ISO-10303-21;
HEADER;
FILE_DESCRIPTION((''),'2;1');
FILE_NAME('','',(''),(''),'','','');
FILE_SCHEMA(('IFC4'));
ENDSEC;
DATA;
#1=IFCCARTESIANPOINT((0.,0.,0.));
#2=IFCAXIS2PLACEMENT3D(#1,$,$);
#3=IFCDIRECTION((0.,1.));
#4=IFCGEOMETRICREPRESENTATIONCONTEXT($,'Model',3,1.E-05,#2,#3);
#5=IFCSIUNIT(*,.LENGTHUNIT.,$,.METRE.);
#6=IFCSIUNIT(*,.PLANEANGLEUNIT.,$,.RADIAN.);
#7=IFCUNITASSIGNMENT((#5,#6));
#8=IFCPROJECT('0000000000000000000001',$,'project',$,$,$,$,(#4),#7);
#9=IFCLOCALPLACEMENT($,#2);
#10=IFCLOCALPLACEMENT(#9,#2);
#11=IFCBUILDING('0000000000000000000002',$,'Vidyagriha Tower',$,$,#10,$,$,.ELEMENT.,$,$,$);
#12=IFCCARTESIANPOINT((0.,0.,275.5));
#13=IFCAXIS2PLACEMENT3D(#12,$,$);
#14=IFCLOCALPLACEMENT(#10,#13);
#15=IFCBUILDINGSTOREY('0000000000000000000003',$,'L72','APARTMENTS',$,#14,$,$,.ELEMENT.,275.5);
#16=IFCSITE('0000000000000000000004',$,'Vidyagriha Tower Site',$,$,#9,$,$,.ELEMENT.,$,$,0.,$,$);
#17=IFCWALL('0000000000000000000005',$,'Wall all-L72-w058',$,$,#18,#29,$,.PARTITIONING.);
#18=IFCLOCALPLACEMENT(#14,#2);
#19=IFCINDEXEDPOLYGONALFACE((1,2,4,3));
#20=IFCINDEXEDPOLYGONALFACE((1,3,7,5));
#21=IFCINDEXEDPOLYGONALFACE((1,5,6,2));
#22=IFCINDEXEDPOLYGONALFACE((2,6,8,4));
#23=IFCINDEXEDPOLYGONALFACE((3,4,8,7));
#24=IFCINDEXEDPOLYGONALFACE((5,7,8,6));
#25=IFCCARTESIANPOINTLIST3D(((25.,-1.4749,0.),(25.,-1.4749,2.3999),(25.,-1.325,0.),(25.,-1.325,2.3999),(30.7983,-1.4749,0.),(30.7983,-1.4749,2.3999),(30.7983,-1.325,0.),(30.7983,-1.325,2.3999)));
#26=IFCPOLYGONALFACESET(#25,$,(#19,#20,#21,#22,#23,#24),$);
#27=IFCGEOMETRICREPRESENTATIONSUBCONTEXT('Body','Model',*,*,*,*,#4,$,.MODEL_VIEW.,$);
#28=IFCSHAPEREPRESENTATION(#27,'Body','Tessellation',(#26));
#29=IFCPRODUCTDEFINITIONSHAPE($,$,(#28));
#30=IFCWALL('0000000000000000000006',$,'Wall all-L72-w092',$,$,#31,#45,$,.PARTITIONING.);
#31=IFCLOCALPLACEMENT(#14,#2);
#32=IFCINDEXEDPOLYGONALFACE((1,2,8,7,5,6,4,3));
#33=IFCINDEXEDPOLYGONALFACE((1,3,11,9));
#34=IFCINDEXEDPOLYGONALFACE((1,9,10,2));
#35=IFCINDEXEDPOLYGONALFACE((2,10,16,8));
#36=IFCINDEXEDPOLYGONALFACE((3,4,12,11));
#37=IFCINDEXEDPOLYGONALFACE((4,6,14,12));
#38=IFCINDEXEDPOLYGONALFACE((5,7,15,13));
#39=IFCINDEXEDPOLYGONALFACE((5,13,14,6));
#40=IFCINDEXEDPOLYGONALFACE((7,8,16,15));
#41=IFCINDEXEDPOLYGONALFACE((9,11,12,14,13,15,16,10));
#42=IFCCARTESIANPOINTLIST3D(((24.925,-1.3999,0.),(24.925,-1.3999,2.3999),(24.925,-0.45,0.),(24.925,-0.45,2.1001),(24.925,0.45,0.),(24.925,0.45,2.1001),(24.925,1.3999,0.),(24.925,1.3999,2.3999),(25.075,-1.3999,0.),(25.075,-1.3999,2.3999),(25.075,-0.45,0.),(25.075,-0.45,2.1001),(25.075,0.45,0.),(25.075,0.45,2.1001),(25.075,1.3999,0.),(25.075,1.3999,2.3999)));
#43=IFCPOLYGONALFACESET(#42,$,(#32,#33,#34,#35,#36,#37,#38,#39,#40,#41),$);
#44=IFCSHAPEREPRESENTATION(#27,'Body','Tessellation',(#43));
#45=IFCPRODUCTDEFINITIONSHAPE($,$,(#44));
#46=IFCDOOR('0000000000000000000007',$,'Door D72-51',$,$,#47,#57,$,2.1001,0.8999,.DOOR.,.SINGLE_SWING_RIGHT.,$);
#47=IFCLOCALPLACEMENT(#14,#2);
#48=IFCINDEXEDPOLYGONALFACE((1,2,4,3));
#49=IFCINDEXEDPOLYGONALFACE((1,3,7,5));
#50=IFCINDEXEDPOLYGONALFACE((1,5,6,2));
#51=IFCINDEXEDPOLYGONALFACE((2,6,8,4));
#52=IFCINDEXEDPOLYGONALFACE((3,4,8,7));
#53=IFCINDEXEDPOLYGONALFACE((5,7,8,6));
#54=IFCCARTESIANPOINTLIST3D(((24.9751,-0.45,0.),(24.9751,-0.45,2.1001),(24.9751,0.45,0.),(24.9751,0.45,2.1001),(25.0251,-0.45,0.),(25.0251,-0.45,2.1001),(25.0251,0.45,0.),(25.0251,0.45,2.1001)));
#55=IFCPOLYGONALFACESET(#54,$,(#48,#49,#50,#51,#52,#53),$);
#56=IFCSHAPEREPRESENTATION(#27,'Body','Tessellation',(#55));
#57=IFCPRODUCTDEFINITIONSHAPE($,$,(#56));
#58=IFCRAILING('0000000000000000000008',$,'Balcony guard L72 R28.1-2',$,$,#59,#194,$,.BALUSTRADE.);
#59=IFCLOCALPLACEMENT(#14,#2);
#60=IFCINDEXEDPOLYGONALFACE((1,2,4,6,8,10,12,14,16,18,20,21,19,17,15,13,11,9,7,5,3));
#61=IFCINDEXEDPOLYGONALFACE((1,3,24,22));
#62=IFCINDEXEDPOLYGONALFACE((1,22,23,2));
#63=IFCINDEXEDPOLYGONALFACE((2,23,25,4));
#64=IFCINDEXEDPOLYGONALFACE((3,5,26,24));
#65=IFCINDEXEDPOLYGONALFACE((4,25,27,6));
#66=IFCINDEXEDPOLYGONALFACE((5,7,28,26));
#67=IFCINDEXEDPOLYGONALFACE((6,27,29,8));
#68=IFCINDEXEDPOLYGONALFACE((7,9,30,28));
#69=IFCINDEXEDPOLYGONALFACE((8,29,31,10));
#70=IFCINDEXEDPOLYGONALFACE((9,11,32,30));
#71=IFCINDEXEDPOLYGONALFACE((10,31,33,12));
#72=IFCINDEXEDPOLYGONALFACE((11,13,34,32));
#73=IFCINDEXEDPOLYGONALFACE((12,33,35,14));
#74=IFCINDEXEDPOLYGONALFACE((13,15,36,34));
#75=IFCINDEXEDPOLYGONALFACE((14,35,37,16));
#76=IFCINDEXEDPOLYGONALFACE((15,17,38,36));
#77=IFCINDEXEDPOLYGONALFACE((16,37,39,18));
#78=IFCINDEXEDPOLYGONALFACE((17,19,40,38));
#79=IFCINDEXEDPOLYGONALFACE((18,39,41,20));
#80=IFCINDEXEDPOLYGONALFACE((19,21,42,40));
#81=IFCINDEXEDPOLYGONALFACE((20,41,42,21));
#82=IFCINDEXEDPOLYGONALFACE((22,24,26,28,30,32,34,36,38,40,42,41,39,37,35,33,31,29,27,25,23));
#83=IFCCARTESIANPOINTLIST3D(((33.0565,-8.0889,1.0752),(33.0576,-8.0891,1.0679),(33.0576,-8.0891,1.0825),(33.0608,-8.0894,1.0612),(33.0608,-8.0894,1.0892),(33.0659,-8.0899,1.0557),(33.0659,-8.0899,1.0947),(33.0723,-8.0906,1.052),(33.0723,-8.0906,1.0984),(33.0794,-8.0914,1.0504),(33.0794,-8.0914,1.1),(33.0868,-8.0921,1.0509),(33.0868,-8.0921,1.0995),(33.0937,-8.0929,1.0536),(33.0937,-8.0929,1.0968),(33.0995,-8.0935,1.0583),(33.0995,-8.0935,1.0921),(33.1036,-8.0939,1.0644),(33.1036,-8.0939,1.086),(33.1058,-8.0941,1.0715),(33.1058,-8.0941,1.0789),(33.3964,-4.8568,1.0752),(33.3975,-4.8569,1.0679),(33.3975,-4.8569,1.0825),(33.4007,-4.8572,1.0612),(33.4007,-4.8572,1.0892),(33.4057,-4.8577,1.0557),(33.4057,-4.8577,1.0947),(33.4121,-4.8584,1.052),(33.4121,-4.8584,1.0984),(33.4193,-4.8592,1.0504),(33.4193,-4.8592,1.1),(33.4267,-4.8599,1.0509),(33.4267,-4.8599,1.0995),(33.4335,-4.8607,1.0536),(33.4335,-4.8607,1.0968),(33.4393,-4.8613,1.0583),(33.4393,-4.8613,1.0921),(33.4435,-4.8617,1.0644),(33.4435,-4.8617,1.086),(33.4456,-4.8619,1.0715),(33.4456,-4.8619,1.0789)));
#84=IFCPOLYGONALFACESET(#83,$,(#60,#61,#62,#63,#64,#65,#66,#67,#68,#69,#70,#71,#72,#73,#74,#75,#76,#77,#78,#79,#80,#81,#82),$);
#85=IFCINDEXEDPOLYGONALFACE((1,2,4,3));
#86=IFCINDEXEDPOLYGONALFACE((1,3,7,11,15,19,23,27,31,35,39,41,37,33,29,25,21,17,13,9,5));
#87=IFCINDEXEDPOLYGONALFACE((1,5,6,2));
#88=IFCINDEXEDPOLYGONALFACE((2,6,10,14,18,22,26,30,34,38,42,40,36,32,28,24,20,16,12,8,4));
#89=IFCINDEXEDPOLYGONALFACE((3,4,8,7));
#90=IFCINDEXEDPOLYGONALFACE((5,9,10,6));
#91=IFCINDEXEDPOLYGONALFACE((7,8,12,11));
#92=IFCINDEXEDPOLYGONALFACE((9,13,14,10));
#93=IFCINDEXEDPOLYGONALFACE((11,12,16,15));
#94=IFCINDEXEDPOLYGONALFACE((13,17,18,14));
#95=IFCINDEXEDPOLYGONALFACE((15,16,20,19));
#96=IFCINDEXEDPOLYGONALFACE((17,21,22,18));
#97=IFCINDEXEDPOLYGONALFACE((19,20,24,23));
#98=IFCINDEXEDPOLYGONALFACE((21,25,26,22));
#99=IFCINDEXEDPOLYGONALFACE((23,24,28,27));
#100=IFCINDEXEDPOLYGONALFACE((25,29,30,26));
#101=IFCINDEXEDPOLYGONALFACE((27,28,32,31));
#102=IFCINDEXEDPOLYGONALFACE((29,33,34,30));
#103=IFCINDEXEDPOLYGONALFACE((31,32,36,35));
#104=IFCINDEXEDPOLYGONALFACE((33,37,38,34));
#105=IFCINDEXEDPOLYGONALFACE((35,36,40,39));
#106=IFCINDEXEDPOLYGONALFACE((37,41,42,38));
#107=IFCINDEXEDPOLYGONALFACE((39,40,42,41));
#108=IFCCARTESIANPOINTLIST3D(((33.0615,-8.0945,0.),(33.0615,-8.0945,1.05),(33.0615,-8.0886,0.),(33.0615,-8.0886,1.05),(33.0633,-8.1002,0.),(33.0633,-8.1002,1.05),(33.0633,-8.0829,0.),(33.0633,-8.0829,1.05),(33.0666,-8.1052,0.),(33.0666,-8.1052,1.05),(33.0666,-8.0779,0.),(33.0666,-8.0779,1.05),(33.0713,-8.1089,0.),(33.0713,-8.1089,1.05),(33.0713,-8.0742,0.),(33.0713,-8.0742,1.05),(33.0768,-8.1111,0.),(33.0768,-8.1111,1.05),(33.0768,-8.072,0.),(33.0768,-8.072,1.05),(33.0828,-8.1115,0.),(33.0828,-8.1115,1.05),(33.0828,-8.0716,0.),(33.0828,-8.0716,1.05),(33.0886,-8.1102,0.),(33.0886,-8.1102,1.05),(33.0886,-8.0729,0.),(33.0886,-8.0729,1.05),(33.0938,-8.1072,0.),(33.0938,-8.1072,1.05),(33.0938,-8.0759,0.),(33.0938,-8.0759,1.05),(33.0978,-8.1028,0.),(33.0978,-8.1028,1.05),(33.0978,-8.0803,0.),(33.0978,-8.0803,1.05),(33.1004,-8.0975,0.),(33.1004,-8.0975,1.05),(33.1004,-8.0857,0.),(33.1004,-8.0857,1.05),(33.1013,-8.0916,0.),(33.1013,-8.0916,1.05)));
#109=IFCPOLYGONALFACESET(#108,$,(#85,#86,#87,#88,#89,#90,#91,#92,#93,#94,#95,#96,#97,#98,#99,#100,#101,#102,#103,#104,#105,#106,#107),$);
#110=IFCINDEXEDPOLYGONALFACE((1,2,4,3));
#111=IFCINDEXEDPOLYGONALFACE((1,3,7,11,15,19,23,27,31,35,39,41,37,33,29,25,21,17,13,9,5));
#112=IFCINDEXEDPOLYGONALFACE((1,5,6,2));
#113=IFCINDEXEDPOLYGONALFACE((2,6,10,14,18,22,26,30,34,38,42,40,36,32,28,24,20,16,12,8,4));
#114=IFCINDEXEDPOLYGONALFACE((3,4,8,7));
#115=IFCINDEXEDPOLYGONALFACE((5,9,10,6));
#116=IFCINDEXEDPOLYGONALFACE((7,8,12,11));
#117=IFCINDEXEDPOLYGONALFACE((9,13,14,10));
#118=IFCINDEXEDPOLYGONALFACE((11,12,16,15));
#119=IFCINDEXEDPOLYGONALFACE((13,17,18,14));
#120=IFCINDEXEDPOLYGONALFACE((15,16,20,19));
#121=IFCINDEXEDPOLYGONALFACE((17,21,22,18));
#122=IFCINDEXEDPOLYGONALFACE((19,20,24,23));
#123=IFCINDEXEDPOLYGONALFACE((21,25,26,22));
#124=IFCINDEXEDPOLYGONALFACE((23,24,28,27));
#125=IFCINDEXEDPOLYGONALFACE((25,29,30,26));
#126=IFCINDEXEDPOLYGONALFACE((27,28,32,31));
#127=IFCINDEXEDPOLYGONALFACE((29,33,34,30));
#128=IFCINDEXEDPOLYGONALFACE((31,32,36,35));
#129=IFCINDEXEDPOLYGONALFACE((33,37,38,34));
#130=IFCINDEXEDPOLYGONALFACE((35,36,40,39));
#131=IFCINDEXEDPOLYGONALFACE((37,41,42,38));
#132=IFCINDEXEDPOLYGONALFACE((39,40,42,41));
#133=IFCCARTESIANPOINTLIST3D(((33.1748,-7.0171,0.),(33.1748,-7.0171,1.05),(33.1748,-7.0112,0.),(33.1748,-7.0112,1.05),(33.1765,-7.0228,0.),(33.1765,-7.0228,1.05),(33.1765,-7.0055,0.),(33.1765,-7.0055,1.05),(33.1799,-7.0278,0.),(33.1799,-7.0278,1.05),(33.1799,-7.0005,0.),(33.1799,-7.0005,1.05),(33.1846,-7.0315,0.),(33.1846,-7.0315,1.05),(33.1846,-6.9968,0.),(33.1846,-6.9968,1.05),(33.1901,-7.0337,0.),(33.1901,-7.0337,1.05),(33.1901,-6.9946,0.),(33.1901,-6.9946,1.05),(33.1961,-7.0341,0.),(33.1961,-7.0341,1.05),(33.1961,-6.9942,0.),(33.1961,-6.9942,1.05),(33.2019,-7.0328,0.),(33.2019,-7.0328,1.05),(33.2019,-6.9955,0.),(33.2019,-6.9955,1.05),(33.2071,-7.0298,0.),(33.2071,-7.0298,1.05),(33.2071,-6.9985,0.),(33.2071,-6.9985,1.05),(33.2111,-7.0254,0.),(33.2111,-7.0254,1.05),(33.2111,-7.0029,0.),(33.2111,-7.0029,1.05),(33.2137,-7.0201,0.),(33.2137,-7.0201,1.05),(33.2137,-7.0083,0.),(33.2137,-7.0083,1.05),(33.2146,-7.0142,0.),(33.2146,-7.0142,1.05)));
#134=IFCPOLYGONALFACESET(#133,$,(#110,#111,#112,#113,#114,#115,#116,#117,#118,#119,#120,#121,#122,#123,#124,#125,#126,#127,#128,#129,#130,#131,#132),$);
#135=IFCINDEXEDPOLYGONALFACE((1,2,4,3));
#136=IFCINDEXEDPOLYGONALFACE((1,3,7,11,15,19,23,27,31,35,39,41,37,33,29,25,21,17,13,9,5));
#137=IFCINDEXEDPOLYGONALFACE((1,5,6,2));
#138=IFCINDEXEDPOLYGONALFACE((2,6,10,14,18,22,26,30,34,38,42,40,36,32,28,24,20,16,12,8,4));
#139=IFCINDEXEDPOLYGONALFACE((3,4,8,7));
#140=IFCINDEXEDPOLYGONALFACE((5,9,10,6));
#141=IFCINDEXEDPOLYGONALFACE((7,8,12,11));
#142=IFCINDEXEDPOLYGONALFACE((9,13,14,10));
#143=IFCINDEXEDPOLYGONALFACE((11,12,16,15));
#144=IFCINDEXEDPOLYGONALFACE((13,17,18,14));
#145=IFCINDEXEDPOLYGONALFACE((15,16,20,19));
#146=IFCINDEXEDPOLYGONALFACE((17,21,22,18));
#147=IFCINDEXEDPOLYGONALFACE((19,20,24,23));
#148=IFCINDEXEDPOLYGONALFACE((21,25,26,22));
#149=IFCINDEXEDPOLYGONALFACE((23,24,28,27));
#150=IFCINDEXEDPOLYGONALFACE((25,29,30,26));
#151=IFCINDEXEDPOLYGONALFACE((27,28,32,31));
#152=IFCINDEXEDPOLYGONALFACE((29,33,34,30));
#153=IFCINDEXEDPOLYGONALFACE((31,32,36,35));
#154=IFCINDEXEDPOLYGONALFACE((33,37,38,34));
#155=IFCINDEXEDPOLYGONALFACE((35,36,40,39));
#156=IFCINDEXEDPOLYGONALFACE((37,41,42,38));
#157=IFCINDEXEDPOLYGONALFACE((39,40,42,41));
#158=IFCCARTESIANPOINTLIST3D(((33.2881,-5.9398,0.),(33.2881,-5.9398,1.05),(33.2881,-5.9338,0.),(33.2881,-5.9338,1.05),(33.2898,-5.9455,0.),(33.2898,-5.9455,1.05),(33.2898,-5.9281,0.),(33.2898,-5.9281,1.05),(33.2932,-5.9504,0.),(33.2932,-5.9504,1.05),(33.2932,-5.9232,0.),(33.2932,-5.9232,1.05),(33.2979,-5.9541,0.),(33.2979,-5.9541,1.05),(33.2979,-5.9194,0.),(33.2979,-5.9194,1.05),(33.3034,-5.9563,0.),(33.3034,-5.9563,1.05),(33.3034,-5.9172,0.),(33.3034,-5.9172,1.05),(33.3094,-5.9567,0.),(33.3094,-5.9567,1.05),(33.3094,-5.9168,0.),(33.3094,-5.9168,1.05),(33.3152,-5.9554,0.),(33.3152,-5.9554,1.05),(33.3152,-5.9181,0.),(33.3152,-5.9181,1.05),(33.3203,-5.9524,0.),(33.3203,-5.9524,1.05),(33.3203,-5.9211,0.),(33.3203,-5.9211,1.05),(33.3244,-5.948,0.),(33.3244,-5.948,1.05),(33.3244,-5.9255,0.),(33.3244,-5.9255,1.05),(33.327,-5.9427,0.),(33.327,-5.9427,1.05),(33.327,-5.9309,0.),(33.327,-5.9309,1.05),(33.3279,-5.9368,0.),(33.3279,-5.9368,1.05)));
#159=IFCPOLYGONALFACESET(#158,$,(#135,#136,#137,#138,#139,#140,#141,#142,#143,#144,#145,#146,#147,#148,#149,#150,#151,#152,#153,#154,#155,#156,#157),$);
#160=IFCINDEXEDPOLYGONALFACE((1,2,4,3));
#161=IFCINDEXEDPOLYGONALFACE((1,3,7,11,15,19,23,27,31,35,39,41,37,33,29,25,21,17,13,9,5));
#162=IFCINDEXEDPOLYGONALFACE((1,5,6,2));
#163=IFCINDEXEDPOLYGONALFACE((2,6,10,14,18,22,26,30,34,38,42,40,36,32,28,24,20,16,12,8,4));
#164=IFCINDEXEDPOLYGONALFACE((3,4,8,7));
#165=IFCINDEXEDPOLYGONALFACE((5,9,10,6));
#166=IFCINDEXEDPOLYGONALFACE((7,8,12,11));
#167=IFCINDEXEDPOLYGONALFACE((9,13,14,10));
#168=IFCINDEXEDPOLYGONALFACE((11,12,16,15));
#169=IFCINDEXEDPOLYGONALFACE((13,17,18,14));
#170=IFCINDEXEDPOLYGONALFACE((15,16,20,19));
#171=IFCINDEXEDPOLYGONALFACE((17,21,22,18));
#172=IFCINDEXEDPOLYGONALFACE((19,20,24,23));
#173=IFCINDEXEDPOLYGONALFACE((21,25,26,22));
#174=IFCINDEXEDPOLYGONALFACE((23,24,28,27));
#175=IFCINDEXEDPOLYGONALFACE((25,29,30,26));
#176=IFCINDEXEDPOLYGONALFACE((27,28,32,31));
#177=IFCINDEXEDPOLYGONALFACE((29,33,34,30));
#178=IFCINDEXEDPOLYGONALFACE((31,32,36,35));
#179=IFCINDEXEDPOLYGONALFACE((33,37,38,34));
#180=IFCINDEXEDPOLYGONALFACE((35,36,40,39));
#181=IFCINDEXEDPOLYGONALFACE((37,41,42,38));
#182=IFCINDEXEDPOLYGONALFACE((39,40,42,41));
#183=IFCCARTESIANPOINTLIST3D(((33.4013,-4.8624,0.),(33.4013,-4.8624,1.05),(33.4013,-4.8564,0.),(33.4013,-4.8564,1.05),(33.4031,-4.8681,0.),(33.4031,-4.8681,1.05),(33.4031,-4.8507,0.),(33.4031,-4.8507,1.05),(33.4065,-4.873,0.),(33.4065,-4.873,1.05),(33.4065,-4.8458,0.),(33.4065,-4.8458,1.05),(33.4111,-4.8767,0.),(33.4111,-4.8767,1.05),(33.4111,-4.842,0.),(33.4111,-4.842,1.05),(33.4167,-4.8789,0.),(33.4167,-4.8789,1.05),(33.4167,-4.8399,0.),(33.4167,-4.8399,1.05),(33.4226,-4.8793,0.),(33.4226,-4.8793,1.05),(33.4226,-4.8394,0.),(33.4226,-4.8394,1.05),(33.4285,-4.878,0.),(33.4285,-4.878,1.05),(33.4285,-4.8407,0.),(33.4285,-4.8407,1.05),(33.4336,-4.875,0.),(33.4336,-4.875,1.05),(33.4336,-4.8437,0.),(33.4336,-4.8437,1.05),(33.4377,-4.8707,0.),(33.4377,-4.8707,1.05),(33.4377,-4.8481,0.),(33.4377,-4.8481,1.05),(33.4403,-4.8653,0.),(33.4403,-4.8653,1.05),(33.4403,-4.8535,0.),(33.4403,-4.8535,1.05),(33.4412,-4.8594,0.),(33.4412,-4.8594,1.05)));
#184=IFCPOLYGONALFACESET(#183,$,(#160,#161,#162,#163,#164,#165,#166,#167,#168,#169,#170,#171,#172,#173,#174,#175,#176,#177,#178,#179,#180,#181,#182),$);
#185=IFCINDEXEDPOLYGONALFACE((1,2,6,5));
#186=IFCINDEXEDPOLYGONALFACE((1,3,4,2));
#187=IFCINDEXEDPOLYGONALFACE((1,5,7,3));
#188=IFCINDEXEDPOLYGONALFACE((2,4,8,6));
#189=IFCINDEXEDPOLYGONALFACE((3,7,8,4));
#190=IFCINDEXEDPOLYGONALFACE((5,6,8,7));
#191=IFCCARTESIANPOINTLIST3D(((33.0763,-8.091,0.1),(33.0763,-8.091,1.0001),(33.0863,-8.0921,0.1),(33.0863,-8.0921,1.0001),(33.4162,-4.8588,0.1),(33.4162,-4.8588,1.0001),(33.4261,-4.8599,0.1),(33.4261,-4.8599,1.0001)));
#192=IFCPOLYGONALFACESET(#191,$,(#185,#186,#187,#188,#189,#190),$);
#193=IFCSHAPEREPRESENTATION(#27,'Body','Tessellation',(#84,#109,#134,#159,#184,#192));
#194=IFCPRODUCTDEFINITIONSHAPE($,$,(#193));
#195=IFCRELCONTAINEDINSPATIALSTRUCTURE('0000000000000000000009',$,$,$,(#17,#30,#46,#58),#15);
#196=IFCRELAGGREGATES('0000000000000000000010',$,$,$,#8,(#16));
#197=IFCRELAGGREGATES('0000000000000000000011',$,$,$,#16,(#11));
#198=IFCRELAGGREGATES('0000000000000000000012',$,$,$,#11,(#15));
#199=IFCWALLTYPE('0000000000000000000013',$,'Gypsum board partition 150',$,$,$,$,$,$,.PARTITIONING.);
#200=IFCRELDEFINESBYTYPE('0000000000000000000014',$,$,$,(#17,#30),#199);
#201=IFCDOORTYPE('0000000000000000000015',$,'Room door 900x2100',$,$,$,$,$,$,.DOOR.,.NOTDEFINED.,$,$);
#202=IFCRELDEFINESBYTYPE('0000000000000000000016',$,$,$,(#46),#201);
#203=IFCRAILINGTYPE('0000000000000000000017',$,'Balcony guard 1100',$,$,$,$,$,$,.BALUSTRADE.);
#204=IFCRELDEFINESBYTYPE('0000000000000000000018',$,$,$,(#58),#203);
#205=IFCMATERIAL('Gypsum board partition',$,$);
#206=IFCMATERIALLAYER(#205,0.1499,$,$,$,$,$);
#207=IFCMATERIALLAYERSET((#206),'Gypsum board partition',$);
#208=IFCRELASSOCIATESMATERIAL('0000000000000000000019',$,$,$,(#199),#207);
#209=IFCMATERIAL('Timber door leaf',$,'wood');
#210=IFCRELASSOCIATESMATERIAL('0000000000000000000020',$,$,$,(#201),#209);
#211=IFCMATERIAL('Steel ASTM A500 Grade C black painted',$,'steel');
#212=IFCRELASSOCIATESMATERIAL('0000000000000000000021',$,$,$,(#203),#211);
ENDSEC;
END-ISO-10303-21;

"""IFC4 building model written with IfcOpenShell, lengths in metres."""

from ifc_helpers import new_model, si_unit, direction, frame, frame_2d, origin, origin_2d, place, context, subcontext, project, spatial, rectangle, circle, extrude, material, layer, layer_set, type_object, element, fill, save


model = new_model("IFC4")

# Units and contexts
model_context = context("Model", 3, precision=1e-05, world=origin(), true_north=direction((0.0, 1.0)))
body_context = subcontext(model_context, "Body", "Model", "MODEL_VIEW")
ifc_project = project(units=[si_unit("LENGTHUNIT", "METRE"), si_unit("PLANEANGLEUNIT", "RADIAN")], contexts=[model_context])

# Site, building, storey
site_placement = place(None, origin())
site = spatial("IfcSite", under=ifc_project, at=site_placement, Name="Vidyagriha Tower Site", CompositionType="ELEMENT", RefElevation=0.0)
building_placement = place(site_placement, origin())
building = spatial("IfcBuilding", under=site, at=building_placement, Name="Vidyagriha Tower", CompositionType="ELEMENT")
storey_placement = place(building_placement, frame((0.0, 0.0, 275.5)))
storey = spatial("IfcBuildingStorey", under=building, at=storey_placement, Name="L72", Description="APARTMENTS", CompositionType="ELEMENT", Elevation=275.5)

# Shared definitions
ifc_material_1 = material(Name="Gypsum board partition")
ifc_layer_1 = layer(ifc_material_1, 0.1499)
ifc_layer_set_1 = layer_set([ifc_layer_1], Name="Gypsum board partition")
wall_type_1 = type_object("IfcWallType", Name="Gypsum board partition 150", PredefinedType="PARTITIONING", material=ifc_layer_set_1)

# Shared definitions
ifc_material_2 = material(Name="Timber door leaf", Category="wood")
door_type_1 = type_object("IfcDoorType", Name="Room door 900x2100", OperationType="NOTDEFINED", PredefinedType="DOOR", material=ifc_material_2)

# Wall
wall_1_placement = place(storey_placement, frame((30.7983, -1.3999, 0.0), z_axis=(0.0, 0.0, 1.0), x_axis=(-1.0, 0.0, 0.0)))
element("IfcWall", 1, at=wall_1_placement, inside=storey, type_object=wall_type_1, Name="Wall all-L72-w058", PredefinedType="PARTITIONING", context=body_context, shape_type="SweptSolid", body=[
    extrude(rectangle(XDim=5.7983, YDim=0.1499, at=frame_2d((2.8992, 0.0))), origin(), (0.0, 0.0, 1.0), 2.3999),
])

# Wall, opening, door
wall_2_placement = place(storey_placement, frame((25.0, -1.3999, 0.0), z_axis=(0.0, 0.0, 1.0), x_axis=(0.0, 1.0, 0.0)))
wall_2 = element("IfcWall", 2, at=wall_2_placement, inside=storey, type_object=wall_type_1, Name="Wall all-L72-w092", PredefinedType="PARTITIONING", context=body_context, shape_type="SweptSolid", body=[
    extrude(rectangle(XDim=2.7998, YDim=0.1499, at=frame_2d((1.3999, 0.0))), origin(), (0.0, 0.0, 1.0), 2.3999),
])
opening_1_placement = place(wall_2_placement, frame((0.95, 0.0, 0.0)))
opening_1 = element("IfcOpeningElement", 3, at=opening_1_placement, cuts=wall_2, PredefinedType="OPENING", context=body_context, shape_type="SweptSolid", body=[
    extrude(rectangle(XDim=0.8999, YDim=2.1001, at=frame_2d((0.45, 1.05))), frame((0.0, 0.085, 0.0), z_axis=(0.0, -1.0, 0.0), x_axis=(1.0, 0.0, 0.0)), (0.0, 0.0, 1.0), 0.1699),
])
door_1_placement = place(opening_1_placement, origin())
door_1 = element("IfcDoor", 4, at=door_1_placement, inside=storey, type_object=door_type_1, Name="Door D72-51", OperationType="SINGLE_SWING_RIGHT", OverallHeight=2.1001, OverallWidth=0.8999, PredefinedType="DOOR", context=body_context, shape_type="SweptSolid", body=[
    extrude(rectangle(XDim=0.8999, YDim=2.1001, at=frame_2d((0.45, 1.05))), frame((0.0, 0.0249, 0.0), z_axis=(0.0, -1.0, 0.0), x_axis=(1.0, 0.0, 0.0)), (0.0, 0.0, 1.0), 0.05),
])
fill(opening_1, door_1)

# Railing
ifc_material_3 = material(Name="Steel ASTM A500 Grade C black painted", Category="steel")
railing_type_1 = type_object("IfcRailingType", Name="Balcony guard 1100", PredefinedType="BALUSTRADE", material=ifc_material_3)
railing_1_placement = place(storey_placement, frame((33.0813, -8.0916, 0.0)))
element("IfcRailing", 5, at=railing_1_placement, inside=storey, type_object=railing_type_1, Name="Balcony guard L72 R28.1-2", PredefinedType="BALUSTRADE", context=body_context, shape_type="SweptSolid", body=[
    extrude(circle(Radius=0.0249, at=origin_2d()), frame((0.0, 0.0, 1.0752), z_axis=(0.104567, 0.994518, 0.0), x_axis=(-0.994518, 0.104567, 0.0)), (0.0, 0.0, 1.0), 3.25),
    extrude(circle(Radius=0.02, at=origin_2d()), origin(), (0.0, 0.0, 1.0), 1.05),
    extrude(circle(Radius=0.02, at=origin_2d()), frame((0.1133, 1.0774, 0.0)), (0.0, 0.0, 1.0), 1.05),
    extrude(circle(Radius=0.02, at=origin_2d()), frame((0.2266, 2.1548, 0.0)), (0.0, 0.0, 1.0), 1.05),
    extrude(circle(Radius=0.02, at=origin_2d()), frame((0.3398, 3.2322, 0.0)), (0.0, 0.0, 1.0), 1.05),
    extrude(rectangle(XDim=0.01, YDim=0.9001, at=origin_2d()), frame((0.0, 0.0, 0.55), z_axis=(0.104567, 0.994518, 0.0), x_axis=(-0.994518, 0.104567, 0.0)), (0.0, 0.0, 1.0), 3.25),
])

save(model, "model.ifc")
